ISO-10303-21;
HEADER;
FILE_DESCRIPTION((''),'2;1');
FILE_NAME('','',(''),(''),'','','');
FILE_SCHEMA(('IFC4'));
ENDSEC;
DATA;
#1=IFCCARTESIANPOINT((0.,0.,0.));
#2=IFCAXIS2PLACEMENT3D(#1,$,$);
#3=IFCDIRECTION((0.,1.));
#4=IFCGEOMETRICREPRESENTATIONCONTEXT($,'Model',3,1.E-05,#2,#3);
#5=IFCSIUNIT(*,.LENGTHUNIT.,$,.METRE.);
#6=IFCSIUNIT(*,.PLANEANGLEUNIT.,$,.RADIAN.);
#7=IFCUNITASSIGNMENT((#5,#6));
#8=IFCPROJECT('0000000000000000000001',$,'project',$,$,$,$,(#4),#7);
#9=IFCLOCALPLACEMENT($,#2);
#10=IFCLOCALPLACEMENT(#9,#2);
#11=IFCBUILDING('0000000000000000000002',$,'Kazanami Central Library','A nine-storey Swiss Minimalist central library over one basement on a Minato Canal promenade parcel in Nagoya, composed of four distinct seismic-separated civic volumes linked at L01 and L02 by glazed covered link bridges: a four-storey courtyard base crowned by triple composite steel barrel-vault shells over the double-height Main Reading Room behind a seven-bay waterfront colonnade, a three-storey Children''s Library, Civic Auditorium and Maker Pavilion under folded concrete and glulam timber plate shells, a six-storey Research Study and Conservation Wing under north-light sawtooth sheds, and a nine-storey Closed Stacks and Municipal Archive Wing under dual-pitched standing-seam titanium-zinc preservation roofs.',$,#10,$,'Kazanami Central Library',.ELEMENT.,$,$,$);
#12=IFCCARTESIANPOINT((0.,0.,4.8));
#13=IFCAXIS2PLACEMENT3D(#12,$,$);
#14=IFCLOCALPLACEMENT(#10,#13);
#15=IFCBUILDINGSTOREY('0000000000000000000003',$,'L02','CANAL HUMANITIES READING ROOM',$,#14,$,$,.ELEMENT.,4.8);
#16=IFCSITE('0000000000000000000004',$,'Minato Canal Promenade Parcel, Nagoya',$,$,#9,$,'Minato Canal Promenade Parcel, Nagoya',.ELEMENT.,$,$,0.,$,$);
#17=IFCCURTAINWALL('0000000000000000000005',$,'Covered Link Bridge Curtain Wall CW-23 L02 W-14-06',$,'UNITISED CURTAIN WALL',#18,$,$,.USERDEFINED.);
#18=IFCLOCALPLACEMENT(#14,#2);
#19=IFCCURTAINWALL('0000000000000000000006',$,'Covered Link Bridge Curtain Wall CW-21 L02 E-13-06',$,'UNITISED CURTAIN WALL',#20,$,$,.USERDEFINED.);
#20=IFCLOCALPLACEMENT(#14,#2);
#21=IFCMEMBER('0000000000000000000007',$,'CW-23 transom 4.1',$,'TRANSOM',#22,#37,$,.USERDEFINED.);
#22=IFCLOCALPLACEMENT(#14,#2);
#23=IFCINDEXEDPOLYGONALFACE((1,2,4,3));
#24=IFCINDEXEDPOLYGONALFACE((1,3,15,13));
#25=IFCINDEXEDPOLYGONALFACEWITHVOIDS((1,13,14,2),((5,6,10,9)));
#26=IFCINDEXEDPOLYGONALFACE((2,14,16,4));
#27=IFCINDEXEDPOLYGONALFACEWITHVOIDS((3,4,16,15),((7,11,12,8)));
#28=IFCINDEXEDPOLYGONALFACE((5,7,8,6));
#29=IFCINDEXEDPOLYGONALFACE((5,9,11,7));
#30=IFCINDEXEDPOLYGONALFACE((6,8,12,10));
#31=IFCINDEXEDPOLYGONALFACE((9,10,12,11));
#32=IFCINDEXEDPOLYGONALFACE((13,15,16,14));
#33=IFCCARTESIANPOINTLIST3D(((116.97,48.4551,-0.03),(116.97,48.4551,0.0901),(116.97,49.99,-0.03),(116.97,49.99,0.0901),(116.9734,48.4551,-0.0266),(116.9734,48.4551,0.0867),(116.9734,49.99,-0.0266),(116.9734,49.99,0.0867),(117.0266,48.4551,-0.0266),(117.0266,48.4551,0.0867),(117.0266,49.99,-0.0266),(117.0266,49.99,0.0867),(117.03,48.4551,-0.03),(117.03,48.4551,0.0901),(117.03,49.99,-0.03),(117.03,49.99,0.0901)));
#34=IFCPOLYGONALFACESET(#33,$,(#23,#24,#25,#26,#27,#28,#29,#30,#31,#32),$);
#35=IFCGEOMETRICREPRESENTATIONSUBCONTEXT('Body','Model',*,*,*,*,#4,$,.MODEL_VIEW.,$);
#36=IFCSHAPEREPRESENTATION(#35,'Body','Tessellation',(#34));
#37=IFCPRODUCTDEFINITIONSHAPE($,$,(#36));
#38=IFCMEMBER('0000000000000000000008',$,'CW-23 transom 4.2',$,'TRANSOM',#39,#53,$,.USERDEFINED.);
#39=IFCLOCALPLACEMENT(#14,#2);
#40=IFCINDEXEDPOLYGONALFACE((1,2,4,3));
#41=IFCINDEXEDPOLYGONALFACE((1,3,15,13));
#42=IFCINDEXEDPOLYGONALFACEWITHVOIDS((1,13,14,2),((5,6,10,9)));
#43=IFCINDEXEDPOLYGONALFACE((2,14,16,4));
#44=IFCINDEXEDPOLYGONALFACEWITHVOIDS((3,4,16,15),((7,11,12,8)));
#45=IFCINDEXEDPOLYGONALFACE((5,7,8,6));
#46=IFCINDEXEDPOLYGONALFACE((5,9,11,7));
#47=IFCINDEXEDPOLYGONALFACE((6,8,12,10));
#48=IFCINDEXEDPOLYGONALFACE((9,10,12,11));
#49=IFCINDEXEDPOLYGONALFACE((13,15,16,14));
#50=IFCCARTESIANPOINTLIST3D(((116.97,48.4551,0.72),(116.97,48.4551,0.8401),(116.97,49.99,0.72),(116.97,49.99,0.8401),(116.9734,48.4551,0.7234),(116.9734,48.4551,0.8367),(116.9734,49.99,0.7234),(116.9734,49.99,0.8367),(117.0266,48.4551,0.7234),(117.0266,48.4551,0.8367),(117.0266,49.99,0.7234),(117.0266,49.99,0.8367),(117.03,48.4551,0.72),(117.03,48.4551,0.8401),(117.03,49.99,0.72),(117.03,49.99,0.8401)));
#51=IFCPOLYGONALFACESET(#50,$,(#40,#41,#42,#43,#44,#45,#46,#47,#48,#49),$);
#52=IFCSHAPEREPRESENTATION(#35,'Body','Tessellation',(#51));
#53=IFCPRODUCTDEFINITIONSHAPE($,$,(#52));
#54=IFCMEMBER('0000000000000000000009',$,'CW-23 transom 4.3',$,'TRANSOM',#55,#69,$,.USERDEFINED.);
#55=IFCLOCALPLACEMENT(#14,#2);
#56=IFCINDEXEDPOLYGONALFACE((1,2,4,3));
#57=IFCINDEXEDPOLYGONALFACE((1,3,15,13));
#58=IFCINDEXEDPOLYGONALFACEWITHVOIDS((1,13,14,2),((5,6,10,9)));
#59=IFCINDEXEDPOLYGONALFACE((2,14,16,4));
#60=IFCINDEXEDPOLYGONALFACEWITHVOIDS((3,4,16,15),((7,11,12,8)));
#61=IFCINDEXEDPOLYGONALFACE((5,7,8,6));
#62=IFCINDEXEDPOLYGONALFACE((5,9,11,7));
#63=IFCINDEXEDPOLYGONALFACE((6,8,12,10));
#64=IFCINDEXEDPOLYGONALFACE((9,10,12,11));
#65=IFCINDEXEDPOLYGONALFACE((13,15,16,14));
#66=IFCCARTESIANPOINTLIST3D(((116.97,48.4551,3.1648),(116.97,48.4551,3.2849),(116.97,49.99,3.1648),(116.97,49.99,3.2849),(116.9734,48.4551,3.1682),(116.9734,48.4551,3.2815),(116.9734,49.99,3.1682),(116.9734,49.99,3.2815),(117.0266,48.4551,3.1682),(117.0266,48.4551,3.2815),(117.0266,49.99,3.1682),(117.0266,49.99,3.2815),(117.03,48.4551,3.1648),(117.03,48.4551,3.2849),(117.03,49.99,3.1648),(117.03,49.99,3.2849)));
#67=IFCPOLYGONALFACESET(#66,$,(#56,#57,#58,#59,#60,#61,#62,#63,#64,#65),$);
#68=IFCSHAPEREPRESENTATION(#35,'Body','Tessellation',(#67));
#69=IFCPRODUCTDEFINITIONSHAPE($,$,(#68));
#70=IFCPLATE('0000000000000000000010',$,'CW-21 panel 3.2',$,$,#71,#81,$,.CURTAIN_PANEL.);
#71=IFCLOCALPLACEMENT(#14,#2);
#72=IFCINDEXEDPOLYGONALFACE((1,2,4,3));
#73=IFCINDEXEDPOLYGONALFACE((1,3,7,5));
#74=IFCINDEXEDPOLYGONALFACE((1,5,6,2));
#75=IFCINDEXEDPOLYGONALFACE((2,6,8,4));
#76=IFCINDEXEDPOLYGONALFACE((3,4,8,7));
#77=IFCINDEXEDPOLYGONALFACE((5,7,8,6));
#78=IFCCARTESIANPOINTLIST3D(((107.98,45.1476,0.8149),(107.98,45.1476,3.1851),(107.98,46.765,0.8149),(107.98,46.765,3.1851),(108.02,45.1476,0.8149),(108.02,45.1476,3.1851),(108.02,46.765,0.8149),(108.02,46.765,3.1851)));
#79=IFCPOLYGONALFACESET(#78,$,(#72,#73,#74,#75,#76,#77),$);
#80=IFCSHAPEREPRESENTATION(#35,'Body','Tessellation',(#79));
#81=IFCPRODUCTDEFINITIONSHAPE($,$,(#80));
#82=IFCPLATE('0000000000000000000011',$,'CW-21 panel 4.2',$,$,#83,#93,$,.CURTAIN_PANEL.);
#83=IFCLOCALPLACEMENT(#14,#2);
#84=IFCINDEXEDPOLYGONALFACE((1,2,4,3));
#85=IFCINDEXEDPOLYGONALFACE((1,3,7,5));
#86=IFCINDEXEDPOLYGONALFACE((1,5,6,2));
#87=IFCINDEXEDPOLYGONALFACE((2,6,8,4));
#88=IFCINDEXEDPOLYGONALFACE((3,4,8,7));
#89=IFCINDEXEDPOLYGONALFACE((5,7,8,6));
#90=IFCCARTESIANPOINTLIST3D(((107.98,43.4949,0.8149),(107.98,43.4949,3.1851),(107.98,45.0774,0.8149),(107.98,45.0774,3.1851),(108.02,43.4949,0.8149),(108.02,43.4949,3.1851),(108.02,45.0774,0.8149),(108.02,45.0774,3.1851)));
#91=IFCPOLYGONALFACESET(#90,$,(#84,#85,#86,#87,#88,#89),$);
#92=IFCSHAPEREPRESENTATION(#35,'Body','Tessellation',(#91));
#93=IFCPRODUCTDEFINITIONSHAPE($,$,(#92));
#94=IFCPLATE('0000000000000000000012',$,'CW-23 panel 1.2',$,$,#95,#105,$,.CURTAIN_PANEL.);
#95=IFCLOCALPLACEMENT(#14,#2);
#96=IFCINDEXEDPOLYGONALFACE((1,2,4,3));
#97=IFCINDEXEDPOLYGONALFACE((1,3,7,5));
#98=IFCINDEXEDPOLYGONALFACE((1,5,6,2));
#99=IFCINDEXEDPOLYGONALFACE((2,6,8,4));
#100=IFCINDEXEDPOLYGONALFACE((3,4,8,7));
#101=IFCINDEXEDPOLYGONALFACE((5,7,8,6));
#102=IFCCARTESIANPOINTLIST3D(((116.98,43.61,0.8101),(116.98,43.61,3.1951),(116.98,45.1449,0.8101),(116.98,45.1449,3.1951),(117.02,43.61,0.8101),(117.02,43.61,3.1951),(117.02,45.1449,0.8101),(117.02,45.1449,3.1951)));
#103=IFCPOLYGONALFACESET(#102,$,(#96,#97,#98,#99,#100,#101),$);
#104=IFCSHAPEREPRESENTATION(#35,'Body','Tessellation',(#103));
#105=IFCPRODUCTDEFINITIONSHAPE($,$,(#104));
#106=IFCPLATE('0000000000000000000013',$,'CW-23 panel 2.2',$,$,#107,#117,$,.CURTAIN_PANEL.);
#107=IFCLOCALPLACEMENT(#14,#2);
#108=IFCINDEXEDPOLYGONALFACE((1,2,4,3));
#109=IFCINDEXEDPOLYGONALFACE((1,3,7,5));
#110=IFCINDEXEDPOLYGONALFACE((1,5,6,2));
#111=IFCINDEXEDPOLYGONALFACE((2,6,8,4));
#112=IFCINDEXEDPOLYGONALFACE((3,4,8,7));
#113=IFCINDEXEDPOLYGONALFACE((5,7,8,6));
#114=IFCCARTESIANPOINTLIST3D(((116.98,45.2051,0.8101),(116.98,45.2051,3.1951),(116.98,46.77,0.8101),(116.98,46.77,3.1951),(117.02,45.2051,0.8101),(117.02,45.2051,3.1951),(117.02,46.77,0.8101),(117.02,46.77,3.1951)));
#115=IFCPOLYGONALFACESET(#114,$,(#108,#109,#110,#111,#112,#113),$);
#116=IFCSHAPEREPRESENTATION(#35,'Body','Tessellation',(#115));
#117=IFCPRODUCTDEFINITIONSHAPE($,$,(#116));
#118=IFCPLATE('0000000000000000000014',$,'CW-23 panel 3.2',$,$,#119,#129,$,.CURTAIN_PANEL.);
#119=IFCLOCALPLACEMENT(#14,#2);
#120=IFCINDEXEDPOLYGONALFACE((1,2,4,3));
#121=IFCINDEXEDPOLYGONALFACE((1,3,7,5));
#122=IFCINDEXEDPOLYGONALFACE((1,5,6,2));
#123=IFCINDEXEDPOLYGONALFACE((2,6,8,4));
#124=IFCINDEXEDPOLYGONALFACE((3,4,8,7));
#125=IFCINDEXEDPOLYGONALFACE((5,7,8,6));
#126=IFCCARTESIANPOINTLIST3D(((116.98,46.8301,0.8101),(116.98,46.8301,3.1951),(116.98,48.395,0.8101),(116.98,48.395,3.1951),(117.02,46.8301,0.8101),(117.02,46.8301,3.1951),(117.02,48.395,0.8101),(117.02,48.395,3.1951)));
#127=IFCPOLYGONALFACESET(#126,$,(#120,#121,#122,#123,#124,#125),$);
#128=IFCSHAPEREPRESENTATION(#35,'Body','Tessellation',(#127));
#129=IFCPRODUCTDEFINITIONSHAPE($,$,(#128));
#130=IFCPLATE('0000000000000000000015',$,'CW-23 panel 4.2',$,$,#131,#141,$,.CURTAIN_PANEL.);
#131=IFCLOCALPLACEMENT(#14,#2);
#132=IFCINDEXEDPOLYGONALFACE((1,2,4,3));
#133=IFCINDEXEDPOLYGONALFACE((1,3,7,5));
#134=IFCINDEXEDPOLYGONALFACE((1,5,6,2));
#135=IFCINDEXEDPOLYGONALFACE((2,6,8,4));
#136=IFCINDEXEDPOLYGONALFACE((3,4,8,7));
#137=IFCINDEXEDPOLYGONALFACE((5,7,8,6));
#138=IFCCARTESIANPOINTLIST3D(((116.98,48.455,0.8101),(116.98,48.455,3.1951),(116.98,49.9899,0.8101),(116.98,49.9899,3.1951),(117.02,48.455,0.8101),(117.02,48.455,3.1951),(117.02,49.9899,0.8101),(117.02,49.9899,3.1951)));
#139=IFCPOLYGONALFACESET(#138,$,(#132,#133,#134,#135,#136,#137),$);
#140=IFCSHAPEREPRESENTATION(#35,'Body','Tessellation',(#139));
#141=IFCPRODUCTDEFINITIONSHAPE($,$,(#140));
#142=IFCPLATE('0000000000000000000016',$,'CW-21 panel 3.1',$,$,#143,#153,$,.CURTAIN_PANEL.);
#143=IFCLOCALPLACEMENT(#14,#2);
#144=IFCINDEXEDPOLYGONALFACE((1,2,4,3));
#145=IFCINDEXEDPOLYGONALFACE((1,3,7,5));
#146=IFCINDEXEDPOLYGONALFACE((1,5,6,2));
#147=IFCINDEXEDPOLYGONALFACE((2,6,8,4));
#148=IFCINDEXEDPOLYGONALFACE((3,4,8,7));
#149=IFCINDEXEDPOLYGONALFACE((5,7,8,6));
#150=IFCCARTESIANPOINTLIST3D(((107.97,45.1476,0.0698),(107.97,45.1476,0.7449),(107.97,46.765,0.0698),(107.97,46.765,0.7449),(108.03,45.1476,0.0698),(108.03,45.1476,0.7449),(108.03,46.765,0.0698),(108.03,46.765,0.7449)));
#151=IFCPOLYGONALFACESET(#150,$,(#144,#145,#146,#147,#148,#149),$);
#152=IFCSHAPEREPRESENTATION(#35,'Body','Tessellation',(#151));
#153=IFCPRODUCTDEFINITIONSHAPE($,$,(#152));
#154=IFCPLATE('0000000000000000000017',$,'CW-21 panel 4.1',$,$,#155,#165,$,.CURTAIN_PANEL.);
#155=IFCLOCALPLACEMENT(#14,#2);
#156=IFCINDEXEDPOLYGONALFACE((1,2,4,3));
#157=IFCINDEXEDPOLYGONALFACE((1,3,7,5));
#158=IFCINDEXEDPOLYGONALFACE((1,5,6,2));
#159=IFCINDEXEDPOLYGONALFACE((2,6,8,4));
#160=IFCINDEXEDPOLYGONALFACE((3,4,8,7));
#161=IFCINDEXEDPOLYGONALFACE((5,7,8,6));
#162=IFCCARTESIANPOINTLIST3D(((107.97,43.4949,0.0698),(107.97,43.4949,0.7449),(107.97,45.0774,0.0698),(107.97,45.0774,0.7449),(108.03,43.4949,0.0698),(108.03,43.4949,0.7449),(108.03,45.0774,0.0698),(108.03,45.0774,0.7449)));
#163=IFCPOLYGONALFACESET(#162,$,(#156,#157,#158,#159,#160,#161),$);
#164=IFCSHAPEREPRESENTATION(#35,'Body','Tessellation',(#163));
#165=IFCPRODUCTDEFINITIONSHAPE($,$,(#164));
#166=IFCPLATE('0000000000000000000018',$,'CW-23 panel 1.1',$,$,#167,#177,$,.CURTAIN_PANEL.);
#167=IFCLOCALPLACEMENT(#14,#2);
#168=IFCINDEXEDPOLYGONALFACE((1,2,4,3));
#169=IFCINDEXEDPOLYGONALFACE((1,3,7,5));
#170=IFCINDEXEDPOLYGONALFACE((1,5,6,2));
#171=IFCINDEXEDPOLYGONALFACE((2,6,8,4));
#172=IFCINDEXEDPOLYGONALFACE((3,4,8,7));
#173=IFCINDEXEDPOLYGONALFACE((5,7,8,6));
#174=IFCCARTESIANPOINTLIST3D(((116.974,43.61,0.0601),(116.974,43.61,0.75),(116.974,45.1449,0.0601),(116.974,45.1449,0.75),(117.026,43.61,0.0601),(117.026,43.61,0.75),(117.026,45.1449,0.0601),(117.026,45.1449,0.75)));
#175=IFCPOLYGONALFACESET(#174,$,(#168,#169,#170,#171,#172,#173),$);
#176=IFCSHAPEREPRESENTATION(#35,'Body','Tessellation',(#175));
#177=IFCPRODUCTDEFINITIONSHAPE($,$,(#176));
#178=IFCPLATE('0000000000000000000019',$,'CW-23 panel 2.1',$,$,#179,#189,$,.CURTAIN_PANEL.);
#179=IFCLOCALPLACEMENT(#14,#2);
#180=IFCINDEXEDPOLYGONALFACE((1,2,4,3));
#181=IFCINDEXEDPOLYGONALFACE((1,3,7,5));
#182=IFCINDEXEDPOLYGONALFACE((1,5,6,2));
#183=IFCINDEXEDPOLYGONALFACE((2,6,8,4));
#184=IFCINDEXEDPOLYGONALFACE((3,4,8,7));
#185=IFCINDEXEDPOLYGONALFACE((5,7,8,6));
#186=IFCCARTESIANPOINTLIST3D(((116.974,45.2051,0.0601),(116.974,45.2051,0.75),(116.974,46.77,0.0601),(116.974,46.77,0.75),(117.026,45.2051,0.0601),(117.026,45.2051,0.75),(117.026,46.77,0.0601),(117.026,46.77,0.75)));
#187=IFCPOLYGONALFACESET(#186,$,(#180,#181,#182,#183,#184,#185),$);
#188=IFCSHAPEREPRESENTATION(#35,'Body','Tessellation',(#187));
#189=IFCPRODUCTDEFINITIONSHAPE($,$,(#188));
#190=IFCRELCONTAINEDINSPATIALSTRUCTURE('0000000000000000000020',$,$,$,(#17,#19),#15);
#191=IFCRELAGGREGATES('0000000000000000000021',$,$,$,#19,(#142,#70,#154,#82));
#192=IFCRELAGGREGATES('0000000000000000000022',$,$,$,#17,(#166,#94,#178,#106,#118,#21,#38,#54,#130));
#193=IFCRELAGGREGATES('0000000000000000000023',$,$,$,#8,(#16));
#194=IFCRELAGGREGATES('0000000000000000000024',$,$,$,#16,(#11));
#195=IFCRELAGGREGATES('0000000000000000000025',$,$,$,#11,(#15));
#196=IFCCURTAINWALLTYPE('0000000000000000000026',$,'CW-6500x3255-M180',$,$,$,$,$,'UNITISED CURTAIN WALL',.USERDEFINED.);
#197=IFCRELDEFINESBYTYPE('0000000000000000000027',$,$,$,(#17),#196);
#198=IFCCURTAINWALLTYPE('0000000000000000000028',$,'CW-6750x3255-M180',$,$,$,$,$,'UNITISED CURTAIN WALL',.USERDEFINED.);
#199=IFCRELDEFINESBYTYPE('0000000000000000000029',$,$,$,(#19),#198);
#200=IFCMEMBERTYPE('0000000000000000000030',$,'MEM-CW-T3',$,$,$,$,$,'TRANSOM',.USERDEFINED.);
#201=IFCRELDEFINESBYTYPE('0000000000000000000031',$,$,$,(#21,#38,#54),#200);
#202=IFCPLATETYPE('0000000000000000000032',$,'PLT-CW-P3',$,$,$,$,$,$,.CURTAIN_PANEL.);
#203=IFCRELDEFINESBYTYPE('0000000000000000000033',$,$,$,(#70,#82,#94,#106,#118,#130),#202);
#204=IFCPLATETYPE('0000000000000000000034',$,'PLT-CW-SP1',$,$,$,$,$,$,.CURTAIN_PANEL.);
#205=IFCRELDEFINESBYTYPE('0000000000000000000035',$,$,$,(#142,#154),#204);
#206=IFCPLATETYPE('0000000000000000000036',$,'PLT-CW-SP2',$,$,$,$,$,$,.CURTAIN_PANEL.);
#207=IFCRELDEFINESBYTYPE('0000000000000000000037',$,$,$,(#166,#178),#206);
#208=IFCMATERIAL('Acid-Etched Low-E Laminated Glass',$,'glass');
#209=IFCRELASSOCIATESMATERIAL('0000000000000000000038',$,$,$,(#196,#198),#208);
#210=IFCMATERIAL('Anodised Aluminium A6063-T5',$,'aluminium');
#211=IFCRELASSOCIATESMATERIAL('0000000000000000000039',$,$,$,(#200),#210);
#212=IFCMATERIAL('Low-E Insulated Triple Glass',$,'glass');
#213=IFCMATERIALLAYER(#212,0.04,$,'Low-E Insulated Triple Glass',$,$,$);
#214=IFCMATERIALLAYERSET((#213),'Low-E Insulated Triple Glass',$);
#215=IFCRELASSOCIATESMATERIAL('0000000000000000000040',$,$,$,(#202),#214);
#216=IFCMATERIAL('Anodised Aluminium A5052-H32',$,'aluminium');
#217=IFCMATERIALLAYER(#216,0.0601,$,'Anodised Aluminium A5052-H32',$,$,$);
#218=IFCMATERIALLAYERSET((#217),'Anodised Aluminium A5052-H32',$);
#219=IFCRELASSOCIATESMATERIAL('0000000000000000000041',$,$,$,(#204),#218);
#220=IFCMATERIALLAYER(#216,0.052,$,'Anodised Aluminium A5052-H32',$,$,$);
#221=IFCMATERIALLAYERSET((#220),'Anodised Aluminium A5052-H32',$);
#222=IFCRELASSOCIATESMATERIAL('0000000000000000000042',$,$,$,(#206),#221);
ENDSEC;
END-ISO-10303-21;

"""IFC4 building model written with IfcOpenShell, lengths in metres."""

from ifc_helpers import new_model, si_unit, direction, frame, origin, origin_2d, place, context, subcontext, project, spatial, rectangle, hollow_rectangle, extrude, material, layer, layer_set, material_profile, profile_set, type_object, element, aggregate, save


model = new_model("IFC4")

# Units and contexts
model_context = context("Model", 3, precision=1e-05, world=origin(), true_north=direction((0.0, 1.0)))
body_context = subcontext(model_context, "Body", "Model", "MODEL_VIEW")
ifc_project = project(units=[si_unit("LENGTHUNIT", "METRE"), si_unit("PLANEANGLEUNIT", "RADIAN")], contexts=[model_context])

# Site, building, storey
site_placement = place(None, origin())
site = spatial("IfcSite", under=ifc_project, at=site_placement, Name="Minato Canal Promenade Parcel, Nagoya", LongName="Minato Canal Promenade Parcel, Nagoya", CompositionType="ELEMENT", RefElevation=0.0)
building_placement = place(site_placement, origin())
building = spatial("IfcBuilding", under=site, at=building_placement, Name="Kazanami Central Library", Description="A nine-storey Swiss Minimalist central library over one basement on a Minato Canal promenade parcel in Nagoya, composed of four distinct seismic-separated civic volumes linked at L01 and L02 by glazed covered link bridges: a four-storey courtyard base crowned by triple composite steel barrel-vault shells over the double-height Main Reading Room behind a seven-bay waterfront colonnade, a three-storey Children's Library, Civic Auditorium and Maker Pavilion under folded concrete and glulam timber plate shells, a six-storey Research Study and Conservation Wing under north-light sawtooth sheds, and a nine-storey Closed Stacks and Municipal Archive Wing under dual-pitched standing-seam titanium-zinc preservation roofs.", LongName="Kazanami Central Library", CompositionType="ELEMENT")
storey_placement = place(building_placement, frame((0.0, 0.0, 4.8)))
storey = spatial("IfcBuildingStorey", under=building, at=storey_placement, Name="L02", Description="CANAL HUMANITIES READING ROOM", CompositionType="ELEMENT", Elevation=4.8)

# Curtain walls
ifc_material_1 = material(Name="Acid-Etched Low-E Laminated Glass", Category="glass")
curtain_wall_type_1 = type_object("IfcCurtainWallType", Name="CW-6500x3255-M180", ElementType="UNITISED CURTAIN WALL", PredefinedType="USERDEFINED", material=ifc_material_1)
curtain_wall_1_placement = place(storey_placement, origin())
curtain_wall_1 = element("IfcCurtainWall", 1, at=curtain_wall_1_placement, inside=storey, type_object=curtain_wall_type_1, Name="Covered Link Bridge Curtain Wall CW-23 L02 W-14-06", ObjectType="UNITISED CURTAIN WALL", PredefinedType="USERDEFINED")
ifc_material_2 = material(Name="Anodised Aluminium A6063-T5", Category="aluminium")
curtain_wall_type_2 = type_object("IfcCurtainWallType", Name="CW-6750x3255-M180", ElementType="UNITISED CURTAIN WALL", PredefinedType="USERDEFINED", material=ifc_material_1)
curtain_wall_2_placement = place(storey_placement, origin())
curtain_wall_2 = element("IfcCurtainWall", 2, at=curtain_wall_2_placement, inside=storey, type_object=curtain_wall_type_2, Name="Covered Link Bridge Curtain Wall CW-21 L02 E-13-06", ObjectType="UNITISED CURTAIN WALL", PredefinedType="USERDEFINED")

# Members
ifc_material_profile_1 = material_profile(ifc_material_2, hollow_rectangle(XDim=0.0601, YDim=0.1201, WallThickness=0.0034, at=origin_2d()), Name="ALU-TRAN-60x120x3.5")
ifc_profile_set_1 = profile_set([ifc_material_profile_1], Name="Anodised Aluminium A6063-T5")
member_type_1 = type_object("IfcMemberType", Name="MEM-CW-T3", ElementType="TRANSOM", PredefinedType="USERDEFINED", material=ifc_profile_set_1)
member_1_placement = place(storey_placement, frame((117.0, 48.4551, 0.03), z_axis=(0.0, 1.0, 0.0), x_axis=(-1.0, 0.0, 0.0)))
member_1 = element("IfcMember", 3, at=member_1_placement, type_object=member_type_1, Name="CW-23 transom 4.1", ObjectType="TRANSOM", PredefinedType="USERDEFINED", context=body_context, shape_type="SweptSolid", body=[
    extrude(hollow_rectangle(XDim=0.0601, YDim=0.1201, WallThickness=0.0034, at=origin_2d()), origin(), (0.0, 0.0, 1.0), 1.5349),
])
member_2_placement = place(storey_placement, frame((117.0, 48.4551, 0.78), z_axis=(0.0, 1.0, 0.0), x_axis=(-1.0, 0.0, 0.0)))
member_2 = element("IfcMember", 4, at=member_2_placement, type_object=member_type_1, Name="CW-23 transom 4.2", ObjectType="TRANSOM", PredefinedType="USERDEFINED", context=body_context, shape_type="SweptSolid", body=[
    extrude(hollow_rectangle(XDim=0.0601, YDim=0.1201, WallThickness=0.0034, at=origin_2d()), origin(), (0.0, 0.0, 1.0), 1.5349),
])
member_3_placement = place(storey_placement, frame((117.0, 48.4551, 3.2249), z_axis=(0.0, 1.0, 0.0), x_axis=(-1.0, 0.0, 0.0)))
member_3 = element("IfcMember", 5, at=member_3_placement, type_object=member_type_1, Name="CW-23 transom 4.3", ObjectType="TRANSOM", PredefinedType="USERDEFINED", context=body_context, shape_type="SweptSolid", body=[
    extrude(hollow_rectangle(XDim=0.0601, YDim=0.1201, WallThickness=0.0034, at=origin_2d()), origin(), (0.0, 0.0, 1.0), 1.5349),
])

# Plates
ifc_material_3 = material(Name="Low-E Insulated Triple Glass", Category="glass")
ifc_layer_1 = layer(ifc_material_3, 0.04, Name="Low-E Insulated Triple Glass")
ifc_layer_set_1 = layer_set([ifc_layer_1], Name="Low-E Insulated Triple Glass")
plate_type_1 = type_object("IfcPlateType", Name="PLT-CW-P3", PredefinedType="CURTAIN_PANEL", material=ifc_layer_set_1)
plate_1_placement = place(storey_placement, frame((108.0, 45.9563, 0.8149), z_axis=(0.0, 0.0, 1.0), x_axis=(0.0, -1.0, 0.0)))
plate_1 = element("IfcPlate", 6, at=plate_1_placement, type_object=plate_type_1, Name="CW-21 panel 3.2", PredefinedType="CURTAIN_PANEL", context=body_context, shape_type="SweptSolid", body=[
    extrude(rectangle(XDim=1.6174, YDim=0.04, at=origin_2d()), origin(), (0.0, 0.0, 1.0), 2.3701),
])
plate_2_placement = place(storey_placement, frame((108.0, 44.2861, 0.8149), z_axis=(0.0, 0.0, 1.0), x_axis=(0.0, -1.0, 0.0)))
plate_2 = element("IfcPlate", 7, at=plate_2_placement, type_object=plate_type_1, Name="CW-21 panel 4.2", PredefinedType="CURTAIN_PANEL", context=body_context, shape_type="SweptSolid", body=[
    extrude(rectangle(XDim=1.5825, YDim=0.04, at=origin_2d()), origin(), (0.0, 0.0, 1.0), 2.3701),
])
plate_3_placement = place(storey_placement, frame((117.0, 44.3774, 0.8101), z_axis=(0.0, 0.0, 1.0), x_axis=(0.0, 1.0, 0.0)))
plate_3 = element("IfcPlate", 8, at=plate_3_placement, type_object=plate_type_1, Name="CW-23 panel 1.2", PredefinedType="CURTAIN_PANEL", context=body_context, shape_type="SweptSolid", body=[
    extrude(rectangle(XDim=1.5349, YDim=0.04, at=origin_2d()), origin(), (0.0, 0.0, 1.0), 2.385),
])
plate_4_placement = place(storey_placement, frame((117.0, 45.9875, 0.8101), z_axis=(0.0, 0.0, 1.0), x_axis=(0.0, 1.0, 0.0)))
plate_4 = element("IfcPlate", 9, at=plate_4_placement, type_object=plate_type_1, Name="CW-23 panel 2.2", PredefinedType="CURTAIN_PANEL", context=body_context, shape_type="SweptSolid", body=[
    extrude(rectangle(XDim=1.5649, YDim=0.04, at=origin_2d()), origin(), (0.0, 0.0, 1.0), 2.385),
])
plate_5_placement = place(storey_placement, frame((117.0, 47.6125, 0.8101), z_axis=(0.0, 0.0, 1.0), x_axis=(0.0, 1.0, 0.0)))
plate_5 = element("IfcPlate", 10, at=plate_5_placement, type_object=plate_type_1, Name="CW-23 panel 3.2", PredefinedType="CURTAIN_PANEL", context=body_context, shape_type="SweptSolid", body=[
    extrude(rectangle(XDim=1.5649, YDim=0.04, at=origin_2d()), origin(), (0.0, 0.0, 1.0), 2.385),
])
plate_6_placement = place(storey_placement, frame((117.0, 49.2224, 0.8101), z_axis=(0.0, 0.0, 1.0), x_axis=(0.0, 1.0, 0.0)))
plate_6 = element("IfcPlate", 11, at=plate_6_placement, type_object=plate_type_1, Name="CW-23 panel 4.2", PredefinedType="CURTAIN_PANEL", context=body_context, shape_type="SweptSolid", body=[
    extrude(rectangle(XDim=1.5349, YDim=0.04, at=origin_2d()), origin(), (0.0, 0.0, 1.0), 2.385),
])
ifc_material_4 = material(Name="Anodised Aluminium A5052-H32", Category="aluminium")
ifc_layer_2 = layer(ifc_material_4, 0.0601, Name="Anodised Aluminium A5052-H32")
ifc_layer_set_2 = layer_set([ifc_layer_2], Name="Anodised Aluminium A5052-H32")
plate_type_2 = type_object("IfcPlateType", Name="PLT-CW-SP1", PredefinedType="CURTAIN_PANEL", material=ifc_layer_set_2)
plate_7_placement = place(storey_placement, frame((108.0, 45.9563, 0.0698), z_axis=(0.0, 0.0, 1.0), x_axis=(0.0, -1.0, 0.0)))
plate_7 = element("IfcPlate", 12, at=plate_7_placement, type_object=plate_type_2, Name="CW-21 panel 3.1", PredefinedType="CURTAIN_PANEL", context=body_context, shape_type="SweptSolid", body=[
    extrude(rectangle(XDim=1.6174, YDim=0.0601, at=origin_2d()), origin(), (0.0, 0.0, 1.0), 0.675),
])
plate_8_placement = place(storey_placement, frame((108.0, 44.2861, 0.0698), z_axis=(0.0, 0.0, 1.0), x_axis=(0.0, -1.0, 0.0)))
plate_8 = element("IfcPlate", 13, at=plate_8_placement, type_object=plate_type_2, Name="CW-21 panel 4.1", PredefinedType="CURTAIN_PANEL", context=body_context, shape_type="SweptSolid", body=[
    extrude(rectangle(XDim=1.5825, YDim=0.0601, at=origin_2d()), origin(), (0.0, 0.0, 1.0), 0.675),
])
aggregate(curtain_wall_2, [plate_7, plate_1, plate_8, plate_2])
ifc_layer_3 = layer(ifc_material_4, 0.052, Name="Anodised Aluminium A5052-H32")
ifc_layer_set_3 = layer_set([ifc_layer_3], Name="Anodised Aluminium A5052-H32")
plate_type_3 = type_object("IfcPlateType", Name="PLT-CW-SP2", PredefinedType="CURTAIN_PANEL", material=ifc_layer_set_3)
plate_9_placement = place(storey_placement, frame((117.0, 44.3774, 0.0601), z_axis=(0.0, 0.0, 1.0), x_axis=(0.0, 1.0, 0.0)))
plate_9 = element("IfcPlate", 14, at=plate_9_placement, type_object=plate_type_3, Name="CW-23 panel 1.1", PredefinedType="CURTAIN_PANEL", context=body_context, shape_type="SweptSolid", body=[
    extrude(rectangle(XDim=1.5349, YDim=0.052, at=origin_2d()), origin(), (0.0, 0.0, 1.0), 0.6899),
])
plate_10_placement = place(storey_placement, frame((117.0, 45.9875, 0.0601), z_axis=(0.0, 0.0, 1.0), x_axis=(0.0, 1.0, 0.0)))
plate_10 = element("IfcPlate", 15, at=plate_10_placement, type_object=plate_type_3, Name="CW-23 panel 2.1", PredefinedType="CURTAIN_PANEL", context=body_context, shape_type="SweptSolid", body=[
    extrude(rectangle(XDim=1.5649, YDim=0.052, at=origin_2d()), origin(), (0.0, 0.0, 1.0), 0.6899),
])
aggregate(curtain_wall_1, [plate_9, plate_3, plate_10, plate_4, plate_5, member_1, member_2, member_3, plate_6])

save(model, "model.ifc")
